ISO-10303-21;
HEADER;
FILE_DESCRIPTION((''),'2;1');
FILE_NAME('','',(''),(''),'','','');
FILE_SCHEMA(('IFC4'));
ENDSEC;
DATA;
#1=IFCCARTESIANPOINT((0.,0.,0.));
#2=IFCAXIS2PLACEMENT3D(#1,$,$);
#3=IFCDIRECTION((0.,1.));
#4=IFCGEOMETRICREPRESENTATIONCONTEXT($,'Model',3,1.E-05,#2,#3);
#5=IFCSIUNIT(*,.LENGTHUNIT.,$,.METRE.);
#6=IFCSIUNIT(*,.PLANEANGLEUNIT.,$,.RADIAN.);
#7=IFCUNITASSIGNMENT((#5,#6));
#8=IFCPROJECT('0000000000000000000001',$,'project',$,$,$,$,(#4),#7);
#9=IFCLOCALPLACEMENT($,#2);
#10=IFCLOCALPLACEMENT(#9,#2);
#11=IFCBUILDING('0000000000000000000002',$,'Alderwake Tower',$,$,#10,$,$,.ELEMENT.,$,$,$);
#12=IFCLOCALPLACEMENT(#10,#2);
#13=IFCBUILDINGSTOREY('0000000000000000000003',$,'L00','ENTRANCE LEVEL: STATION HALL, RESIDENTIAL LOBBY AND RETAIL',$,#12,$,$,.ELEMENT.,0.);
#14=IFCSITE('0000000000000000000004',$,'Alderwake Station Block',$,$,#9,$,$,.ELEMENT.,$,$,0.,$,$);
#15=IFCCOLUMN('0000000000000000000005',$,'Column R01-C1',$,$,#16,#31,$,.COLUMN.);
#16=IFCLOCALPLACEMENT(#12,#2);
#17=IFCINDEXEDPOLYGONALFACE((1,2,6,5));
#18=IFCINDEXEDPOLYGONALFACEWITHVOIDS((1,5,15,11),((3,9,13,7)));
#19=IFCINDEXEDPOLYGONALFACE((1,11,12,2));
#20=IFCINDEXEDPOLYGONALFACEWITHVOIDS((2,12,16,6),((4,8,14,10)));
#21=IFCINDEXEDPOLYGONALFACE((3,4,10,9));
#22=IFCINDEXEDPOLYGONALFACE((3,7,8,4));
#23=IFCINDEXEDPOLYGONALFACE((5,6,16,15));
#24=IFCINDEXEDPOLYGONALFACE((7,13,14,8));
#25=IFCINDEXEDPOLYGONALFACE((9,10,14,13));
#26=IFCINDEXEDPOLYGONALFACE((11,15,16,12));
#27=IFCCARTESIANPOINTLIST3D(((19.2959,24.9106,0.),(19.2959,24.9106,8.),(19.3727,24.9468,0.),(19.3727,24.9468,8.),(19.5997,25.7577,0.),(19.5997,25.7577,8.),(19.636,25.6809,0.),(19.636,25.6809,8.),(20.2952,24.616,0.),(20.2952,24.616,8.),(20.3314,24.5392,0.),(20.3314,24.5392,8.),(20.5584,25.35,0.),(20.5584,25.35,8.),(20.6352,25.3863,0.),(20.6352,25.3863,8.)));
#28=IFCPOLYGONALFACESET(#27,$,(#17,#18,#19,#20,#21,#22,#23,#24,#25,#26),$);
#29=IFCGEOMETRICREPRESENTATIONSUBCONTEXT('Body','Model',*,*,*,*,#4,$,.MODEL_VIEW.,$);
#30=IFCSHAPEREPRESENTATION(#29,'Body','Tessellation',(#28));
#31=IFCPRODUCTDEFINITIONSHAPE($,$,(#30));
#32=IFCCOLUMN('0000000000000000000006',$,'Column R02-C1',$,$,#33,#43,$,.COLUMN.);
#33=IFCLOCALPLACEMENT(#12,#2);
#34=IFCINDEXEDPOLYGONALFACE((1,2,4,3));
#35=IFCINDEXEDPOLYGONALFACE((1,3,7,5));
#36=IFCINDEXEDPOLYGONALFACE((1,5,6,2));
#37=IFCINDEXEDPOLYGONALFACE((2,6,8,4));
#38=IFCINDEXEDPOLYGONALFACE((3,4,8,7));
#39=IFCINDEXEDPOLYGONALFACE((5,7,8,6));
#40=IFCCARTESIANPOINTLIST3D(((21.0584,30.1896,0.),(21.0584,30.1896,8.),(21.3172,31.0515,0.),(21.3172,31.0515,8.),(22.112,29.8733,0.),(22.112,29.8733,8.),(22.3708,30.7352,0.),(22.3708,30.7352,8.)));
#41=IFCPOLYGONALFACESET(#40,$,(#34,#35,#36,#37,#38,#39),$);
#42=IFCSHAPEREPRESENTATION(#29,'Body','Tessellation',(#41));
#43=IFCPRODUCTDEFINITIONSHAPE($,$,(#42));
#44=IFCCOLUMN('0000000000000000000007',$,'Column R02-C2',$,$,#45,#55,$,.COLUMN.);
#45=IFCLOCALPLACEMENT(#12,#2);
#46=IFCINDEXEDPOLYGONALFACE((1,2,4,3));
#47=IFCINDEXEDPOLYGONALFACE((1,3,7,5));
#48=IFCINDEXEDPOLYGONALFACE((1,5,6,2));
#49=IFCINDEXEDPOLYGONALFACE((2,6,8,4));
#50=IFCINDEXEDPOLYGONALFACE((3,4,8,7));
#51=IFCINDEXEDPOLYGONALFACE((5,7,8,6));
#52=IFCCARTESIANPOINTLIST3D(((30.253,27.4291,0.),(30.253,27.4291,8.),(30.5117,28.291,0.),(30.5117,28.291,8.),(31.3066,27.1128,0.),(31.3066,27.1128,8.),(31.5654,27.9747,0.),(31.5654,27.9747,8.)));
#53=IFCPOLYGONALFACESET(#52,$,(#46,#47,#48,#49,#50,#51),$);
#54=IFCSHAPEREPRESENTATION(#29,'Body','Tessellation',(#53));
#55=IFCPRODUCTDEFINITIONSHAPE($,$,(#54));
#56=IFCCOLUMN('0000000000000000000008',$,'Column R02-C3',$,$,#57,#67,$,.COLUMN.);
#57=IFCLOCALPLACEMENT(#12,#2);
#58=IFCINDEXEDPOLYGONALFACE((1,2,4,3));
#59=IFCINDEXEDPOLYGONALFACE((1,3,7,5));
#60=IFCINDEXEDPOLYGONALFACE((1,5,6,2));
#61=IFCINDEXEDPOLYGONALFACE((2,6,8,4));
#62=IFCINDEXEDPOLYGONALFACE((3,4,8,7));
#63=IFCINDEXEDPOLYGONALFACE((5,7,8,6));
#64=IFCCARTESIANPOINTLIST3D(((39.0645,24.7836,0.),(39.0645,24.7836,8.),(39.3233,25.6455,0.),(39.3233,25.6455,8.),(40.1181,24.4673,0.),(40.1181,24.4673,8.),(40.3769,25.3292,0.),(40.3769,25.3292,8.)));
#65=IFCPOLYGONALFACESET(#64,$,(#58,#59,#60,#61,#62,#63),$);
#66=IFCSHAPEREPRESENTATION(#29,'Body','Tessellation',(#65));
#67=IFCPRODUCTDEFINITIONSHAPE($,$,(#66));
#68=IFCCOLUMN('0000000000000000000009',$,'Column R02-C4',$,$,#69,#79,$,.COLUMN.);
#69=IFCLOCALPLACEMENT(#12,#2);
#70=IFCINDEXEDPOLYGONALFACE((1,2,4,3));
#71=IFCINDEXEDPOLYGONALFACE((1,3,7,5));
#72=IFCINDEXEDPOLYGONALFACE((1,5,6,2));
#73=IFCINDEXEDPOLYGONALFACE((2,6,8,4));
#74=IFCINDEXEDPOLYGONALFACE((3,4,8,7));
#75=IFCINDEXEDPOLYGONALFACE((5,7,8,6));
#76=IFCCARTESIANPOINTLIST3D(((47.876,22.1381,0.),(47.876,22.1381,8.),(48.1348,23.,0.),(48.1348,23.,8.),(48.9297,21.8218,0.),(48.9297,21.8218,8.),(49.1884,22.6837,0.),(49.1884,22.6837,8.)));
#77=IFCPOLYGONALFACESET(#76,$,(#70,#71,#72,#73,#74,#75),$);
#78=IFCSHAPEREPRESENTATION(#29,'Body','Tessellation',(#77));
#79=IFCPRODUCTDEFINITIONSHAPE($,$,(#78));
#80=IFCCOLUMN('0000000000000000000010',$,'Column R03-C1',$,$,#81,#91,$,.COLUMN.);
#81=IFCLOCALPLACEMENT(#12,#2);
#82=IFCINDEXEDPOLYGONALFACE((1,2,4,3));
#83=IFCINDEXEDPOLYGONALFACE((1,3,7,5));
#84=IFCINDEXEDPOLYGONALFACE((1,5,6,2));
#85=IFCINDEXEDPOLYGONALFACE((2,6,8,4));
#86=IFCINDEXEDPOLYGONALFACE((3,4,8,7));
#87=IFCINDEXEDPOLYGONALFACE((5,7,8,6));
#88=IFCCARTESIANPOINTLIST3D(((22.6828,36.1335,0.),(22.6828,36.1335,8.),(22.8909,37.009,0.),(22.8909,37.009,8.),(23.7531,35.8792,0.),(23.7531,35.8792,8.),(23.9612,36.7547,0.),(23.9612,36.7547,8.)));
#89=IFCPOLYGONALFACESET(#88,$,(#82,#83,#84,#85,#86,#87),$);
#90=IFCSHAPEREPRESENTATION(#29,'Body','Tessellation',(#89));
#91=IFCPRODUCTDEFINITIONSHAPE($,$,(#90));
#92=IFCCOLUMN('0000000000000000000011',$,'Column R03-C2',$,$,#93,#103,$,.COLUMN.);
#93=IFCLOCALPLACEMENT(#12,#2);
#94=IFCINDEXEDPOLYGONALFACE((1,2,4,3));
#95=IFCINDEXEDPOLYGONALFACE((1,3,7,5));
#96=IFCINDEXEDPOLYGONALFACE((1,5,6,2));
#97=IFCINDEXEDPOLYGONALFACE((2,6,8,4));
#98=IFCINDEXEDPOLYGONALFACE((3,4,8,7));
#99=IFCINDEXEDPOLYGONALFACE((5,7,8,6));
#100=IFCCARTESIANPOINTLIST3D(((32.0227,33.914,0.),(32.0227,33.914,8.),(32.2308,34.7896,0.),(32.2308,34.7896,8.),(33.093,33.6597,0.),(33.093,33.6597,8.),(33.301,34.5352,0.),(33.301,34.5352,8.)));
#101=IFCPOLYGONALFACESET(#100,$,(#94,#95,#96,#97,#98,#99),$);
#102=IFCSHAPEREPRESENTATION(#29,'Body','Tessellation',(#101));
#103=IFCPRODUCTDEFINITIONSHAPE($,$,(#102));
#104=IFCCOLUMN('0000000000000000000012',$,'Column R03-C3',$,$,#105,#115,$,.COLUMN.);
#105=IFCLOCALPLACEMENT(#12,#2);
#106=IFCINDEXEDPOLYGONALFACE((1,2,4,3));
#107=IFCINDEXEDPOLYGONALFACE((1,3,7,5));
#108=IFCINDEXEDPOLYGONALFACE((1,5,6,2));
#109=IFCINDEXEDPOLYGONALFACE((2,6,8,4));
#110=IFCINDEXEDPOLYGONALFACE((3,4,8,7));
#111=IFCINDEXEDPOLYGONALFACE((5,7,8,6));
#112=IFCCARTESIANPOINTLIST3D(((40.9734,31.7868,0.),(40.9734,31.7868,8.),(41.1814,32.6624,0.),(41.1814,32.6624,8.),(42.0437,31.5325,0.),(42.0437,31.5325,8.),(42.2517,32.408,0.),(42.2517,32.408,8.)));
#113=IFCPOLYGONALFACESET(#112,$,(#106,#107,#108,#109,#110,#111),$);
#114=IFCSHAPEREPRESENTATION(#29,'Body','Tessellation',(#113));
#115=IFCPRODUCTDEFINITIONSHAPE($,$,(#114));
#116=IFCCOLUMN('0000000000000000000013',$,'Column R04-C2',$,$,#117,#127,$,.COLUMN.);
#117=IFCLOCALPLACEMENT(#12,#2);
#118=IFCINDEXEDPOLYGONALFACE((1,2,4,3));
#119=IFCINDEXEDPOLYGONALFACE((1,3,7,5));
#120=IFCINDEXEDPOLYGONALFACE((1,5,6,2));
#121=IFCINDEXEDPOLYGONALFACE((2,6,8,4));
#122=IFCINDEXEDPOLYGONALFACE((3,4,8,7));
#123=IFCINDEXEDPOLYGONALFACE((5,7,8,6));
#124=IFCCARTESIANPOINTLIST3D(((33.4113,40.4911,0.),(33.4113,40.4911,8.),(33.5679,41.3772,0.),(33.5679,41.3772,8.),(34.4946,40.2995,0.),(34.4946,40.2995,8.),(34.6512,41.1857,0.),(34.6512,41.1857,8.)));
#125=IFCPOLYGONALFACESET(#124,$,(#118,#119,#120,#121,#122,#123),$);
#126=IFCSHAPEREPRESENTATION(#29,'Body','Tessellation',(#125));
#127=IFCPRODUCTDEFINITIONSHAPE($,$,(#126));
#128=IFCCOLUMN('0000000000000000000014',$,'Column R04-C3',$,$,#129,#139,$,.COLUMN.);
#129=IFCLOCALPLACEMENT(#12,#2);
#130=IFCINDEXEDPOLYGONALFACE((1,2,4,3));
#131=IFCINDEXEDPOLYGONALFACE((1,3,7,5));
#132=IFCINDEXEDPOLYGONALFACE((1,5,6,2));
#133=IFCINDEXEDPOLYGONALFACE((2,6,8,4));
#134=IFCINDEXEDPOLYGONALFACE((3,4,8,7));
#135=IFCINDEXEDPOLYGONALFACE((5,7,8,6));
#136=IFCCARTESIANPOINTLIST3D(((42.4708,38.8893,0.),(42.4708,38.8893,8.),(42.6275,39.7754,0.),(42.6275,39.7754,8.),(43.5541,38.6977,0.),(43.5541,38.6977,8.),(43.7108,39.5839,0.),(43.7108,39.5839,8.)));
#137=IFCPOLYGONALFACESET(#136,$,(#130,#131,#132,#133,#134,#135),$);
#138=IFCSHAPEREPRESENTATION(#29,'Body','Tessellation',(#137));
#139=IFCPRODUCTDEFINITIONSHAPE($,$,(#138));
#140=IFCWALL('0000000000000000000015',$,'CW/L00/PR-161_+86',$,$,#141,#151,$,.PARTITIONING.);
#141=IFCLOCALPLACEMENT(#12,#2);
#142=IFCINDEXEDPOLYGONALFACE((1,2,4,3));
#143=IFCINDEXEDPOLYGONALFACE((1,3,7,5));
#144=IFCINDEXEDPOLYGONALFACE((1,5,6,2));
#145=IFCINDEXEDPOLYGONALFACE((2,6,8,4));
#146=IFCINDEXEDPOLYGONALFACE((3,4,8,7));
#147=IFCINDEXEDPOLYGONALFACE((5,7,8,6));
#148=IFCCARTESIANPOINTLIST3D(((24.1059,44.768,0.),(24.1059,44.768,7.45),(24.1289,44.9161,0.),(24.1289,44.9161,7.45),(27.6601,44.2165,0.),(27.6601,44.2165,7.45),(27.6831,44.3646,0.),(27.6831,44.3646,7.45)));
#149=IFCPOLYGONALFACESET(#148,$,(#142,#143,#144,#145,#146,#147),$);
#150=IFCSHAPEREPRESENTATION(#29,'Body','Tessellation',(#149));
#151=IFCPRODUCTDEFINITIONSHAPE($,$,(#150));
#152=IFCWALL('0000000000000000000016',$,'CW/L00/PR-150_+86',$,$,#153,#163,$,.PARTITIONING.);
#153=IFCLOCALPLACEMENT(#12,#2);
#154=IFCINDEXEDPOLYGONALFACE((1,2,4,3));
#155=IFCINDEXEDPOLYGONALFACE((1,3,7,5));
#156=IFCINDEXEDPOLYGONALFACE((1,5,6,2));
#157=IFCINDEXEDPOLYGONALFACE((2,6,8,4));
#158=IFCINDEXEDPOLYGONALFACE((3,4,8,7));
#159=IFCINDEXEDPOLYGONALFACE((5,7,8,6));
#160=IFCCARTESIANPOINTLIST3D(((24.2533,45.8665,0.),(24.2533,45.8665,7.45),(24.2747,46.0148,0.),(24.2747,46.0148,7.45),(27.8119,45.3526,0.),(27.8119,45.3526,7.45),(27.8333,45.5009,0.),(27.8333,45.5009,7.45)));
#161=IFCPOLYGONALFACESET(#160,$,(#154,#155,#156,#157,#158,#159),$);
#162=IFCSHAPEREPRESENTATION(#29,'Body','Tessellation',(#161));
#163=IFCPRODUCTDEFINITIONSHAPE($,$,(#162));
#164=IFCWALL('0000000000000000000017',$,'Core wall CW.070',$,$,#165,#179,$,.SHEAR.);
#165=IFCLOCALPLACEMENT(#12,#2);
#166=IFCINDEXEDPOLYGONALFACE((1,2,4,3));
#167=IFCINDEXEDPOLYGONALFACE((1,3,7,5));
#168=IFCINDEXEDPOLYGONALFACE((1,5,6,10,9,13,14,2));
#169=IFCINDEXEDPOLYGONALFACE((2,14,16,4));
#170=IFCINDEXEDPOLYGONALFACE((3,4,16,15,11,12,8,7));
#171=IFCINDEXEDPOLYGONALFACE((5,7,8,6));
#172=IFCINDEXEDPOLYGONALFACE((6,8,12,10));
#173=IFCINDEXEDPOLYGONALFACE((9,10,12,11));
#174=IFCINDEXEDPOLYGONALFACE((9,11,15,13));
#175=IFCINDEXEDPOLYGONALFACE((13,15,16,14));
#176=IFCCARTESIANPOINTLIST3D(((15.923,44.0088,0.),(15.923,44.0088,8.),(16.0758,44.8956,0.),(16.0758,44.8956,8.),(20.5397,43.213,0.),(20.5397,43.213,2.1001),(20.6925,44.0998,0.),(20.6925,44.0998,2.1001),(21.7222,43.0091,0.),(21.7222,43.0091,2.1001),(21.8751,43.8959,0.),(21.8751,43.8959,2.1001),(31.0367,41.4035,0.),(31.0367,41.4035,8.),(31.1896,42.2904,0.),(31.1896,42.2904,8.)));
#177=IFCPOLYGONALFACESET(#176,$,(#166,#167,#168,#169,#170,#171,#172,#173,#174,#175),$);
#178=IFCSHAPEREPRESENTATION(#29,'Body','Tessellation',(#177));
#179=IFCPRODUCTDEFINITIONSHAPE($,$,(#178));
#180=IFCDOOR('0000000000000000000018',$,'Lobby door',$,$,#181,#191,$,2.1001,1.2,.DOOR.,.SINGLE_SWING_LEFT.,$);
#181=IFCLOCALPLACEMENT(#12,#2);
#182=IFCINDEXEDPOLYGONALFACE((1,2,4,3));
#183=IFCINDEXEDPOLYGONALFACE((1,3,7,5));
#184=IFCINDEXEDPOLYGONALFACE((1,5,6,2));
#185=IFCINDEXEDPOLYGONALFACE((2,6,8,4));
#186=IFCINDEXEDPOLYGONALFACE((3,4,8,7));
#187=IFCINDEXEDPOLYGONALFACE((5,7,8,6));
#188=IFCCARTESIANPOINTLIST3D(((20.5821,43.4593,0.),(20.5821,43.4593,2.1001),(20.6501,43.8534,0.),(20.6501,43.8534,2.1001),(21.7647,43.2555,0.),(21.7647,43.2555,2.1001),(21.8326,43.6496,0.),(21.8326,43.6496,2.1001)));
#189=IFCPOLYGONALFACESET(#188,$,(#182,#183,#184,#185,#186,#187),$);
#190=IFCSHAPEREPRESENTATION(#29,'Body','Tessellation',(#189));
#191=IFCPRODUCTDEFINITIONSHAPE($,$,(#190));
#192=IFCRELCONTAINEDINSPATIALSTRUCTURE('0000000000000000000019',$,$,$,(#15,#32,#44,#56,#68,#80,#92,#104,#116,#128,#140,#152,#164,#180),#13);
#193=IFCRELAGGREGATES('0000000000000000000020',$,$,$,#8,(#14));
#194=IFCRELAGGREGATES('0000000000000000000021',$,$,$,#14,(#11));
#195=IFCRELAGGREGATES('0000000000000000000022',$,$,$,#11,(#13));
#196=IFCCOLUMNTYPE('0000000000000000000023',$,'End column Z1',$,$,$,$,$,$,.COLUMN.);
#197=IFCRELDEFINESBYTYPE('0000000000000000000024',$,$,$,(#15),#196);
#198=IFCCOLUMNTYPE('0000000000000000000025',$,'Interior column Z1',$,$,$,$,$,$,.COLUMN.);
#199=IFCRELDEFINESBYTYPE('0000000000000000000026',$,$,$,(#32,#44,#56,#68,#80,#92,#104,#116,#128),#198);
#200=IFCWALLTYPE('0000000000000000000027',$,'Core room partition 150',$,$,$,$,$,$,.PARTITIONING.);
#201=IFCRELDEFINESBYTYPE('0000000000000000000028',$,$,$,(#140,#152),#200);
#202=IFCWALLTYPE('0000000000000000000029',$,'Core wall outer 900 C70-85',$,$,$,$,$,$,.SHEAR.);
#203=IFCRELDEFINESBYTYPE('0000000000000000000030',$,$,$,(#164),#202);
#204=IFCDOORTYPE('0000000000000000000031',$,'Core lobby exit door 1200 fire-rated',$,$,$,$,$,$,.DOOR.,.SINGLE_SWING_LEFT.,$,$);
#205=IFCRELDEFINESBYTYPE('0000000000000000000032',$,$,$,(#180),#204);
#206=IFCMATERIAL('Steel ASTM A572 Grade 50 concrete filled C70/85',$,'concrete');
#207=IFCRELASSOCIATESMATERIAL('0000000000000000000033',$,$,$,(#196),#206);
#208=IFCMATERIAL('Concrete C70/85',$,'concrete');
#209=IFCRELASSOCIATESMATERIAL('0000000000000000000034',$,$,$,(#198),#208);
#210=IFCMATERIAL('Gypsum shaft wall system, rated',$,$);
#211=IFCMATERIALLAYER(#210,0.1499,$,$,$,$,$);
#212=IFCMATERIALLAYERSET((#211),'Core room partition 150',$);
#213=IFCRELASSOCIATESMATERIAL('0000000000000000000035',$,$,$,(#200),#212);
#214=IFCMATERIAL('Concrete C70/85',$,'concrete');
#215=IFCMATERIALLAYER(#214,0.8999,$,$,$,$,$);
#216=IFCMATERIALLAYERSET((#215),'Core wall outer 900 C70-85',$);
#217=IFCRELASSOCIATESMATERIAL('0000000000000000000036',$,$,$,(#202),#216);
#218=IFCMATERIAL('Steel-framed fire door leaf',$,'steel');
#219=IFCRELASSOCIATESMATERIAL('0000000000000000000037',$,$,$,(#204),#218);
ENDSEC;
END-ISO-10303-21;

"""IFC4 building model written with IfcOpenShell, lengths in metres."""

from ifc_helpers import new_model, si_unit, direction, frame, frame_2d, origin, origin_2d, place, context, subcontext, project, spatial, rectangle, hollow_rectangle, extrude, material, layer, layer_set, material_profile, profile_set, type_object, element, fill, save


model = new_model("IFC4")

# Units and contexts
model_context = context("Model", 3, precision=1e-05, world=origin(), true_north=direction((0.0, 1.0)))
body_context = subcontext(model_context, "Body", "Model", "MODEL_VIEW")
ifc_project = project(units=[si_unit("LENGTHUNIT", "METRE"), si_unit("PLANEANGLEUNIT", "RADIAN")], contexts=[model_context])

# Site, building, storey
site_placement = place(None, origin())
site = spatial("IfcSite", under=ifc_project, at=site_placement, Name="Alderwake Station Block", CompositionType="ELEMENT", RefElevation=0.0)
building_placement = place(site_placement, origin())
building = spatial("IfcBuilding", under=site, at=building_placement, Name="Alderwake Tower", CompositionType="ELEMENT")
storey_placement = place(building_placement, origin())
storey = spatial("IfcBuildingStorey", under=building, at=storey_placement, Name="L00", Description="ENTRANCE LEVEL: STATION HALL, RESIDENTIAL LOBBY AND RETAIL", CompositionType="ELEMENT", Elevation=0.0)

# Columns
ifc_material_1 = material(Name="Steel ASTM A572 Grade 50 concrete filled C70/85", Category="concrete")
ifc_material_profile_1 = material_profile(ifc_material_1, hollow_rectangle(XDim=0.8999, YDim=1.1001, WallThickness=0.0601, at=origin_2d()), Name="BOX 1100X900X60")
ifc_profile_set_1 = profile_set([ifc_material_profile_1], Name="Steel ASTM A572 Grade 50 concrete filled C70/85")
column_type_1 = type_object("IfcColumnType", Name="End column Z1", PredefinedType="COLUMN", material=ifc_profile_set_1)
column_placement = place(storey_placement, frame((19.9656, 25.1484, 0.0), z_axis=(0.0, 0.0, 1.0), x_axis=(0.337585, 0.941295, 0.0)))
element("IfcColumn", 1, at=column_placement, inside=storey, type_object=column_type_1, Name="Column R01-C1", PredefinedType="COLUMN", context=body_context, shape_type="SweptSolid", body=[
    extrude(hollow_rectangle(XDim=0.8999, YDim=1.1001, WallThickness=0.0601, at=origin_2d()), origin(), (0.0, 0.0, 1.0), 8.0),
])
ifc_material_2 = material(Name="Concrete C70/85", Category="concrete")
ifc_material_profile_2 = material_profile(ifc_material_2, rectangle(XDim=0.8999, YDim=1.1001, at=origin_2d()), Name="RC 1100X900")
ifc_profile_set_2 = profile_set([ifc_material_profile_2], Name="Concrete C70/85")
column_type_2 = type_object("IfcColumnType", Name="Interior column Z1", PredefinedType="COLUMN", material=ifc_profile_set_2)
for number, where, z_axis, x_axis, name in (
    (2, (21.7146, 30.4624, 0.0), (0.0, 0.0, 1.0), (0.287549, 0.957766, 0.0), "Column R02-C1"),
    (3, (30.9092, 27.7019, 0.0), (0.0, 0.0, 1.0), (0.287549, 0.957766, 0.0), "Column R02-C2"),
    (4, (39.7207, 25.0564, 0.0), (0.0, 0.0, 1.0), (0.287549, 0.957766, 0.0), "Column R02-C3"),
    (5, (48.5322, 22.4109, 0.0), (0.0, 0.0, 1.0), (0.287549, 0.957766, 0.0), "Column R02-C4"),
    (6, (23.322, 36.4441, 0.0), (0.0, 0.0, 1.0), (0.231222, 0.972901, 0.0), "Column R03-C1"),
    (7, (32.6619, 34.2246, 0.0), (0.0, 0.0, 1.0), (0.231222, 0.972901, 0.0), "Column R03-C2"),
    (8, (41.6125, 32.0974, 0.0), (0.0, 0.0, 1.0), (0.231222, 0.972901, 0.0), "Column R03-C3"),
    (9, (34.0312, 40.8384, 0.0), (0.0, 0.0, 1.0), (0.174109, 0.984726, 0.0), "Column R04-C2"),
    (10, (43.0908, 39.2366, 0.0), (0.0, 0.0, 1.0), (0.174109, 0.984726, 0.0), "Column R04-C3"),
):
    element("IfcColumn", number, at=place(storey_placement, frame(where, z_axis=z_axis, x_axis=x_axis)), inside=storey, type_object=column_type_2, Name=name, PredefinedType="COLUMN", context=body_context, shape_type="SweptSolid", body=[
        extrude(rectangle(XDim=0.8999, YDim=1.1001, at=origin_2d()), origin(), (0.0, 0.0, 1.0), 8.0),
    ])

# Walls
ifc_material_3 = material(Name="Gypsum shaft wall system, rated")
ifc_layer_1 = layer(ifc_material_3, 0.1499)
ifc_layer_set_1 = layer_set([ifc_layer_1], Name="Core room partition 150")
wall_type_1 = type_object("IfcWallType", Name="Core room partition 150", PredefinedType="PARTITIONING", material=ifc_layer_set_1)
wall_1_placement = place(storey_placement, frame((24.1174, 44.842, 0.0), z_axis=(0.0, 0.0, 1.0), x_axis=(0.988174, -0.153337, 0.0)))
element("IfcWall", 11, at=wall_1_placement, inside=storey, type_object=wall_type_1, Name="CW/L00/PR-161_+86", PredefinedType="PARTITIONING", context=body_context, shape_type="SweptSolid", body=[
    extrude(rectangle(XDim=3.5967, YDim=0.1499, at=frame_2d((1.7983, 0.0))), origin(), (0.0, 0.0, 1.0), 7.45),
])
wall_2_placement = place(storey_placement, frame((24.2639, 45.9407, 0.0), z_axis=(0.0, 0.0, 1.0), x_axis=(0.989732, -0.142933, 0.0)))
element("IfcWall", 12, at=wall_2_placement, inside=storey, type_object=wall_type_1, Name="CW/L00/PR-150_+86", PredefinedType="PARTITIONING", context=body_context, shape_type="SweptSolid", body=[
    extrude(rectangle(XDim=3.5955, YDim=0.1499, at=frame_2d((1.7979, 0.0))), origin(), (0.0, 0.0, 1.0), 7.45),
])

# Wall, opening, door
ifc_material_4 = material(Name="Concrete C70/85", Category="concrete")
ifc_layer_2 = layer(ifc_material_4, 0.8999)
ifc_layer_set_2 = layer_set([ifc_layer_2], Name="Core wall outer 900 C70-85")
wall_type_2 = type_object("IfcWallType", Name="Core wall outer 900 C70-85", PredefinedType="SHEAR", material=ifc_layer_set_2)
wall_3_placement = place(storey_placement, frame((31.1133, 41.8469, 0.0), z_axis=(0.0, 0.0, 1.0), x_axis=(-0.985467, 0.169869, 0.0)))
wall_3 = element("IfcWall", 13, at=wall_3_placement, inside=storey, type_object=wall_type_2, Name="Core wall CW.070", PredefinedType="SHEAR", context=body_context, shape_type="SweptSolid", body=[
    extrude(rectangle(XDim=15.3367, YDim=0.8999, at=frame_2d((7.6685, 0.0))), origin(), (0.0, 0.0, 1.0), 8.0),
])
opening_1_placement = place(wall_3_placement, frame((9.4519, 0.0, 0.0)))
opening_1 = element("IfcOpeningElement", 14, at=opening_1_placement, cuts=wall_3, PredefinedType="OPENING", context=body_context, shape_type="SweptSolid", body=[
    extrude(rectangle(XDim=1.2, YDim=2.1001, at=frame_2d((0.6001, 1.05))), frame((0.0, 0.46, 0.0), z_axis=(0.0, -1.0, 0.0), x_axis=(1.0, 0.0, 0.0)), (0.0, 0.0, 1.0), 0.9199),
])
ifc_material_5 = material(Name="Steel-framed fire door leaf", Category="steel")
door_type_1 = type_object("IfcDoorType", Name="Core lobby exit door 1200 fire-rated", OperationType="SINGLE_SWING_LEFT", PredefinedType="DOOR", material=ifc_material_5)
door_1_placement = place(opening_1_placement, origin())
door_1 = element("IfcDoor", 15, at=door_1_placement, inside=storey, type_object=door_type_1, Name="Lobby door", OperationType="SINGLE_SWING_LEFT", OverallHeight=2.1001, OverallWidth=1.2, PredefinedType="DOOR", context=body_context, shape_type="SweptSolid", body=[
    extrude(rectangle(XDim=1.2, YDim=2.1001, at=frame_2d((0.6001, 1.05))), frame((0.0, 0.2, 0.0), z_axis=(0.0, -1.0, 0.0), x_axis=(1.0, 0.0, 0.0)), (0.0, 0.0, 1.0), 0.3999),
])
fill(opening_1, door_1)

save(model, "model.ifc")
